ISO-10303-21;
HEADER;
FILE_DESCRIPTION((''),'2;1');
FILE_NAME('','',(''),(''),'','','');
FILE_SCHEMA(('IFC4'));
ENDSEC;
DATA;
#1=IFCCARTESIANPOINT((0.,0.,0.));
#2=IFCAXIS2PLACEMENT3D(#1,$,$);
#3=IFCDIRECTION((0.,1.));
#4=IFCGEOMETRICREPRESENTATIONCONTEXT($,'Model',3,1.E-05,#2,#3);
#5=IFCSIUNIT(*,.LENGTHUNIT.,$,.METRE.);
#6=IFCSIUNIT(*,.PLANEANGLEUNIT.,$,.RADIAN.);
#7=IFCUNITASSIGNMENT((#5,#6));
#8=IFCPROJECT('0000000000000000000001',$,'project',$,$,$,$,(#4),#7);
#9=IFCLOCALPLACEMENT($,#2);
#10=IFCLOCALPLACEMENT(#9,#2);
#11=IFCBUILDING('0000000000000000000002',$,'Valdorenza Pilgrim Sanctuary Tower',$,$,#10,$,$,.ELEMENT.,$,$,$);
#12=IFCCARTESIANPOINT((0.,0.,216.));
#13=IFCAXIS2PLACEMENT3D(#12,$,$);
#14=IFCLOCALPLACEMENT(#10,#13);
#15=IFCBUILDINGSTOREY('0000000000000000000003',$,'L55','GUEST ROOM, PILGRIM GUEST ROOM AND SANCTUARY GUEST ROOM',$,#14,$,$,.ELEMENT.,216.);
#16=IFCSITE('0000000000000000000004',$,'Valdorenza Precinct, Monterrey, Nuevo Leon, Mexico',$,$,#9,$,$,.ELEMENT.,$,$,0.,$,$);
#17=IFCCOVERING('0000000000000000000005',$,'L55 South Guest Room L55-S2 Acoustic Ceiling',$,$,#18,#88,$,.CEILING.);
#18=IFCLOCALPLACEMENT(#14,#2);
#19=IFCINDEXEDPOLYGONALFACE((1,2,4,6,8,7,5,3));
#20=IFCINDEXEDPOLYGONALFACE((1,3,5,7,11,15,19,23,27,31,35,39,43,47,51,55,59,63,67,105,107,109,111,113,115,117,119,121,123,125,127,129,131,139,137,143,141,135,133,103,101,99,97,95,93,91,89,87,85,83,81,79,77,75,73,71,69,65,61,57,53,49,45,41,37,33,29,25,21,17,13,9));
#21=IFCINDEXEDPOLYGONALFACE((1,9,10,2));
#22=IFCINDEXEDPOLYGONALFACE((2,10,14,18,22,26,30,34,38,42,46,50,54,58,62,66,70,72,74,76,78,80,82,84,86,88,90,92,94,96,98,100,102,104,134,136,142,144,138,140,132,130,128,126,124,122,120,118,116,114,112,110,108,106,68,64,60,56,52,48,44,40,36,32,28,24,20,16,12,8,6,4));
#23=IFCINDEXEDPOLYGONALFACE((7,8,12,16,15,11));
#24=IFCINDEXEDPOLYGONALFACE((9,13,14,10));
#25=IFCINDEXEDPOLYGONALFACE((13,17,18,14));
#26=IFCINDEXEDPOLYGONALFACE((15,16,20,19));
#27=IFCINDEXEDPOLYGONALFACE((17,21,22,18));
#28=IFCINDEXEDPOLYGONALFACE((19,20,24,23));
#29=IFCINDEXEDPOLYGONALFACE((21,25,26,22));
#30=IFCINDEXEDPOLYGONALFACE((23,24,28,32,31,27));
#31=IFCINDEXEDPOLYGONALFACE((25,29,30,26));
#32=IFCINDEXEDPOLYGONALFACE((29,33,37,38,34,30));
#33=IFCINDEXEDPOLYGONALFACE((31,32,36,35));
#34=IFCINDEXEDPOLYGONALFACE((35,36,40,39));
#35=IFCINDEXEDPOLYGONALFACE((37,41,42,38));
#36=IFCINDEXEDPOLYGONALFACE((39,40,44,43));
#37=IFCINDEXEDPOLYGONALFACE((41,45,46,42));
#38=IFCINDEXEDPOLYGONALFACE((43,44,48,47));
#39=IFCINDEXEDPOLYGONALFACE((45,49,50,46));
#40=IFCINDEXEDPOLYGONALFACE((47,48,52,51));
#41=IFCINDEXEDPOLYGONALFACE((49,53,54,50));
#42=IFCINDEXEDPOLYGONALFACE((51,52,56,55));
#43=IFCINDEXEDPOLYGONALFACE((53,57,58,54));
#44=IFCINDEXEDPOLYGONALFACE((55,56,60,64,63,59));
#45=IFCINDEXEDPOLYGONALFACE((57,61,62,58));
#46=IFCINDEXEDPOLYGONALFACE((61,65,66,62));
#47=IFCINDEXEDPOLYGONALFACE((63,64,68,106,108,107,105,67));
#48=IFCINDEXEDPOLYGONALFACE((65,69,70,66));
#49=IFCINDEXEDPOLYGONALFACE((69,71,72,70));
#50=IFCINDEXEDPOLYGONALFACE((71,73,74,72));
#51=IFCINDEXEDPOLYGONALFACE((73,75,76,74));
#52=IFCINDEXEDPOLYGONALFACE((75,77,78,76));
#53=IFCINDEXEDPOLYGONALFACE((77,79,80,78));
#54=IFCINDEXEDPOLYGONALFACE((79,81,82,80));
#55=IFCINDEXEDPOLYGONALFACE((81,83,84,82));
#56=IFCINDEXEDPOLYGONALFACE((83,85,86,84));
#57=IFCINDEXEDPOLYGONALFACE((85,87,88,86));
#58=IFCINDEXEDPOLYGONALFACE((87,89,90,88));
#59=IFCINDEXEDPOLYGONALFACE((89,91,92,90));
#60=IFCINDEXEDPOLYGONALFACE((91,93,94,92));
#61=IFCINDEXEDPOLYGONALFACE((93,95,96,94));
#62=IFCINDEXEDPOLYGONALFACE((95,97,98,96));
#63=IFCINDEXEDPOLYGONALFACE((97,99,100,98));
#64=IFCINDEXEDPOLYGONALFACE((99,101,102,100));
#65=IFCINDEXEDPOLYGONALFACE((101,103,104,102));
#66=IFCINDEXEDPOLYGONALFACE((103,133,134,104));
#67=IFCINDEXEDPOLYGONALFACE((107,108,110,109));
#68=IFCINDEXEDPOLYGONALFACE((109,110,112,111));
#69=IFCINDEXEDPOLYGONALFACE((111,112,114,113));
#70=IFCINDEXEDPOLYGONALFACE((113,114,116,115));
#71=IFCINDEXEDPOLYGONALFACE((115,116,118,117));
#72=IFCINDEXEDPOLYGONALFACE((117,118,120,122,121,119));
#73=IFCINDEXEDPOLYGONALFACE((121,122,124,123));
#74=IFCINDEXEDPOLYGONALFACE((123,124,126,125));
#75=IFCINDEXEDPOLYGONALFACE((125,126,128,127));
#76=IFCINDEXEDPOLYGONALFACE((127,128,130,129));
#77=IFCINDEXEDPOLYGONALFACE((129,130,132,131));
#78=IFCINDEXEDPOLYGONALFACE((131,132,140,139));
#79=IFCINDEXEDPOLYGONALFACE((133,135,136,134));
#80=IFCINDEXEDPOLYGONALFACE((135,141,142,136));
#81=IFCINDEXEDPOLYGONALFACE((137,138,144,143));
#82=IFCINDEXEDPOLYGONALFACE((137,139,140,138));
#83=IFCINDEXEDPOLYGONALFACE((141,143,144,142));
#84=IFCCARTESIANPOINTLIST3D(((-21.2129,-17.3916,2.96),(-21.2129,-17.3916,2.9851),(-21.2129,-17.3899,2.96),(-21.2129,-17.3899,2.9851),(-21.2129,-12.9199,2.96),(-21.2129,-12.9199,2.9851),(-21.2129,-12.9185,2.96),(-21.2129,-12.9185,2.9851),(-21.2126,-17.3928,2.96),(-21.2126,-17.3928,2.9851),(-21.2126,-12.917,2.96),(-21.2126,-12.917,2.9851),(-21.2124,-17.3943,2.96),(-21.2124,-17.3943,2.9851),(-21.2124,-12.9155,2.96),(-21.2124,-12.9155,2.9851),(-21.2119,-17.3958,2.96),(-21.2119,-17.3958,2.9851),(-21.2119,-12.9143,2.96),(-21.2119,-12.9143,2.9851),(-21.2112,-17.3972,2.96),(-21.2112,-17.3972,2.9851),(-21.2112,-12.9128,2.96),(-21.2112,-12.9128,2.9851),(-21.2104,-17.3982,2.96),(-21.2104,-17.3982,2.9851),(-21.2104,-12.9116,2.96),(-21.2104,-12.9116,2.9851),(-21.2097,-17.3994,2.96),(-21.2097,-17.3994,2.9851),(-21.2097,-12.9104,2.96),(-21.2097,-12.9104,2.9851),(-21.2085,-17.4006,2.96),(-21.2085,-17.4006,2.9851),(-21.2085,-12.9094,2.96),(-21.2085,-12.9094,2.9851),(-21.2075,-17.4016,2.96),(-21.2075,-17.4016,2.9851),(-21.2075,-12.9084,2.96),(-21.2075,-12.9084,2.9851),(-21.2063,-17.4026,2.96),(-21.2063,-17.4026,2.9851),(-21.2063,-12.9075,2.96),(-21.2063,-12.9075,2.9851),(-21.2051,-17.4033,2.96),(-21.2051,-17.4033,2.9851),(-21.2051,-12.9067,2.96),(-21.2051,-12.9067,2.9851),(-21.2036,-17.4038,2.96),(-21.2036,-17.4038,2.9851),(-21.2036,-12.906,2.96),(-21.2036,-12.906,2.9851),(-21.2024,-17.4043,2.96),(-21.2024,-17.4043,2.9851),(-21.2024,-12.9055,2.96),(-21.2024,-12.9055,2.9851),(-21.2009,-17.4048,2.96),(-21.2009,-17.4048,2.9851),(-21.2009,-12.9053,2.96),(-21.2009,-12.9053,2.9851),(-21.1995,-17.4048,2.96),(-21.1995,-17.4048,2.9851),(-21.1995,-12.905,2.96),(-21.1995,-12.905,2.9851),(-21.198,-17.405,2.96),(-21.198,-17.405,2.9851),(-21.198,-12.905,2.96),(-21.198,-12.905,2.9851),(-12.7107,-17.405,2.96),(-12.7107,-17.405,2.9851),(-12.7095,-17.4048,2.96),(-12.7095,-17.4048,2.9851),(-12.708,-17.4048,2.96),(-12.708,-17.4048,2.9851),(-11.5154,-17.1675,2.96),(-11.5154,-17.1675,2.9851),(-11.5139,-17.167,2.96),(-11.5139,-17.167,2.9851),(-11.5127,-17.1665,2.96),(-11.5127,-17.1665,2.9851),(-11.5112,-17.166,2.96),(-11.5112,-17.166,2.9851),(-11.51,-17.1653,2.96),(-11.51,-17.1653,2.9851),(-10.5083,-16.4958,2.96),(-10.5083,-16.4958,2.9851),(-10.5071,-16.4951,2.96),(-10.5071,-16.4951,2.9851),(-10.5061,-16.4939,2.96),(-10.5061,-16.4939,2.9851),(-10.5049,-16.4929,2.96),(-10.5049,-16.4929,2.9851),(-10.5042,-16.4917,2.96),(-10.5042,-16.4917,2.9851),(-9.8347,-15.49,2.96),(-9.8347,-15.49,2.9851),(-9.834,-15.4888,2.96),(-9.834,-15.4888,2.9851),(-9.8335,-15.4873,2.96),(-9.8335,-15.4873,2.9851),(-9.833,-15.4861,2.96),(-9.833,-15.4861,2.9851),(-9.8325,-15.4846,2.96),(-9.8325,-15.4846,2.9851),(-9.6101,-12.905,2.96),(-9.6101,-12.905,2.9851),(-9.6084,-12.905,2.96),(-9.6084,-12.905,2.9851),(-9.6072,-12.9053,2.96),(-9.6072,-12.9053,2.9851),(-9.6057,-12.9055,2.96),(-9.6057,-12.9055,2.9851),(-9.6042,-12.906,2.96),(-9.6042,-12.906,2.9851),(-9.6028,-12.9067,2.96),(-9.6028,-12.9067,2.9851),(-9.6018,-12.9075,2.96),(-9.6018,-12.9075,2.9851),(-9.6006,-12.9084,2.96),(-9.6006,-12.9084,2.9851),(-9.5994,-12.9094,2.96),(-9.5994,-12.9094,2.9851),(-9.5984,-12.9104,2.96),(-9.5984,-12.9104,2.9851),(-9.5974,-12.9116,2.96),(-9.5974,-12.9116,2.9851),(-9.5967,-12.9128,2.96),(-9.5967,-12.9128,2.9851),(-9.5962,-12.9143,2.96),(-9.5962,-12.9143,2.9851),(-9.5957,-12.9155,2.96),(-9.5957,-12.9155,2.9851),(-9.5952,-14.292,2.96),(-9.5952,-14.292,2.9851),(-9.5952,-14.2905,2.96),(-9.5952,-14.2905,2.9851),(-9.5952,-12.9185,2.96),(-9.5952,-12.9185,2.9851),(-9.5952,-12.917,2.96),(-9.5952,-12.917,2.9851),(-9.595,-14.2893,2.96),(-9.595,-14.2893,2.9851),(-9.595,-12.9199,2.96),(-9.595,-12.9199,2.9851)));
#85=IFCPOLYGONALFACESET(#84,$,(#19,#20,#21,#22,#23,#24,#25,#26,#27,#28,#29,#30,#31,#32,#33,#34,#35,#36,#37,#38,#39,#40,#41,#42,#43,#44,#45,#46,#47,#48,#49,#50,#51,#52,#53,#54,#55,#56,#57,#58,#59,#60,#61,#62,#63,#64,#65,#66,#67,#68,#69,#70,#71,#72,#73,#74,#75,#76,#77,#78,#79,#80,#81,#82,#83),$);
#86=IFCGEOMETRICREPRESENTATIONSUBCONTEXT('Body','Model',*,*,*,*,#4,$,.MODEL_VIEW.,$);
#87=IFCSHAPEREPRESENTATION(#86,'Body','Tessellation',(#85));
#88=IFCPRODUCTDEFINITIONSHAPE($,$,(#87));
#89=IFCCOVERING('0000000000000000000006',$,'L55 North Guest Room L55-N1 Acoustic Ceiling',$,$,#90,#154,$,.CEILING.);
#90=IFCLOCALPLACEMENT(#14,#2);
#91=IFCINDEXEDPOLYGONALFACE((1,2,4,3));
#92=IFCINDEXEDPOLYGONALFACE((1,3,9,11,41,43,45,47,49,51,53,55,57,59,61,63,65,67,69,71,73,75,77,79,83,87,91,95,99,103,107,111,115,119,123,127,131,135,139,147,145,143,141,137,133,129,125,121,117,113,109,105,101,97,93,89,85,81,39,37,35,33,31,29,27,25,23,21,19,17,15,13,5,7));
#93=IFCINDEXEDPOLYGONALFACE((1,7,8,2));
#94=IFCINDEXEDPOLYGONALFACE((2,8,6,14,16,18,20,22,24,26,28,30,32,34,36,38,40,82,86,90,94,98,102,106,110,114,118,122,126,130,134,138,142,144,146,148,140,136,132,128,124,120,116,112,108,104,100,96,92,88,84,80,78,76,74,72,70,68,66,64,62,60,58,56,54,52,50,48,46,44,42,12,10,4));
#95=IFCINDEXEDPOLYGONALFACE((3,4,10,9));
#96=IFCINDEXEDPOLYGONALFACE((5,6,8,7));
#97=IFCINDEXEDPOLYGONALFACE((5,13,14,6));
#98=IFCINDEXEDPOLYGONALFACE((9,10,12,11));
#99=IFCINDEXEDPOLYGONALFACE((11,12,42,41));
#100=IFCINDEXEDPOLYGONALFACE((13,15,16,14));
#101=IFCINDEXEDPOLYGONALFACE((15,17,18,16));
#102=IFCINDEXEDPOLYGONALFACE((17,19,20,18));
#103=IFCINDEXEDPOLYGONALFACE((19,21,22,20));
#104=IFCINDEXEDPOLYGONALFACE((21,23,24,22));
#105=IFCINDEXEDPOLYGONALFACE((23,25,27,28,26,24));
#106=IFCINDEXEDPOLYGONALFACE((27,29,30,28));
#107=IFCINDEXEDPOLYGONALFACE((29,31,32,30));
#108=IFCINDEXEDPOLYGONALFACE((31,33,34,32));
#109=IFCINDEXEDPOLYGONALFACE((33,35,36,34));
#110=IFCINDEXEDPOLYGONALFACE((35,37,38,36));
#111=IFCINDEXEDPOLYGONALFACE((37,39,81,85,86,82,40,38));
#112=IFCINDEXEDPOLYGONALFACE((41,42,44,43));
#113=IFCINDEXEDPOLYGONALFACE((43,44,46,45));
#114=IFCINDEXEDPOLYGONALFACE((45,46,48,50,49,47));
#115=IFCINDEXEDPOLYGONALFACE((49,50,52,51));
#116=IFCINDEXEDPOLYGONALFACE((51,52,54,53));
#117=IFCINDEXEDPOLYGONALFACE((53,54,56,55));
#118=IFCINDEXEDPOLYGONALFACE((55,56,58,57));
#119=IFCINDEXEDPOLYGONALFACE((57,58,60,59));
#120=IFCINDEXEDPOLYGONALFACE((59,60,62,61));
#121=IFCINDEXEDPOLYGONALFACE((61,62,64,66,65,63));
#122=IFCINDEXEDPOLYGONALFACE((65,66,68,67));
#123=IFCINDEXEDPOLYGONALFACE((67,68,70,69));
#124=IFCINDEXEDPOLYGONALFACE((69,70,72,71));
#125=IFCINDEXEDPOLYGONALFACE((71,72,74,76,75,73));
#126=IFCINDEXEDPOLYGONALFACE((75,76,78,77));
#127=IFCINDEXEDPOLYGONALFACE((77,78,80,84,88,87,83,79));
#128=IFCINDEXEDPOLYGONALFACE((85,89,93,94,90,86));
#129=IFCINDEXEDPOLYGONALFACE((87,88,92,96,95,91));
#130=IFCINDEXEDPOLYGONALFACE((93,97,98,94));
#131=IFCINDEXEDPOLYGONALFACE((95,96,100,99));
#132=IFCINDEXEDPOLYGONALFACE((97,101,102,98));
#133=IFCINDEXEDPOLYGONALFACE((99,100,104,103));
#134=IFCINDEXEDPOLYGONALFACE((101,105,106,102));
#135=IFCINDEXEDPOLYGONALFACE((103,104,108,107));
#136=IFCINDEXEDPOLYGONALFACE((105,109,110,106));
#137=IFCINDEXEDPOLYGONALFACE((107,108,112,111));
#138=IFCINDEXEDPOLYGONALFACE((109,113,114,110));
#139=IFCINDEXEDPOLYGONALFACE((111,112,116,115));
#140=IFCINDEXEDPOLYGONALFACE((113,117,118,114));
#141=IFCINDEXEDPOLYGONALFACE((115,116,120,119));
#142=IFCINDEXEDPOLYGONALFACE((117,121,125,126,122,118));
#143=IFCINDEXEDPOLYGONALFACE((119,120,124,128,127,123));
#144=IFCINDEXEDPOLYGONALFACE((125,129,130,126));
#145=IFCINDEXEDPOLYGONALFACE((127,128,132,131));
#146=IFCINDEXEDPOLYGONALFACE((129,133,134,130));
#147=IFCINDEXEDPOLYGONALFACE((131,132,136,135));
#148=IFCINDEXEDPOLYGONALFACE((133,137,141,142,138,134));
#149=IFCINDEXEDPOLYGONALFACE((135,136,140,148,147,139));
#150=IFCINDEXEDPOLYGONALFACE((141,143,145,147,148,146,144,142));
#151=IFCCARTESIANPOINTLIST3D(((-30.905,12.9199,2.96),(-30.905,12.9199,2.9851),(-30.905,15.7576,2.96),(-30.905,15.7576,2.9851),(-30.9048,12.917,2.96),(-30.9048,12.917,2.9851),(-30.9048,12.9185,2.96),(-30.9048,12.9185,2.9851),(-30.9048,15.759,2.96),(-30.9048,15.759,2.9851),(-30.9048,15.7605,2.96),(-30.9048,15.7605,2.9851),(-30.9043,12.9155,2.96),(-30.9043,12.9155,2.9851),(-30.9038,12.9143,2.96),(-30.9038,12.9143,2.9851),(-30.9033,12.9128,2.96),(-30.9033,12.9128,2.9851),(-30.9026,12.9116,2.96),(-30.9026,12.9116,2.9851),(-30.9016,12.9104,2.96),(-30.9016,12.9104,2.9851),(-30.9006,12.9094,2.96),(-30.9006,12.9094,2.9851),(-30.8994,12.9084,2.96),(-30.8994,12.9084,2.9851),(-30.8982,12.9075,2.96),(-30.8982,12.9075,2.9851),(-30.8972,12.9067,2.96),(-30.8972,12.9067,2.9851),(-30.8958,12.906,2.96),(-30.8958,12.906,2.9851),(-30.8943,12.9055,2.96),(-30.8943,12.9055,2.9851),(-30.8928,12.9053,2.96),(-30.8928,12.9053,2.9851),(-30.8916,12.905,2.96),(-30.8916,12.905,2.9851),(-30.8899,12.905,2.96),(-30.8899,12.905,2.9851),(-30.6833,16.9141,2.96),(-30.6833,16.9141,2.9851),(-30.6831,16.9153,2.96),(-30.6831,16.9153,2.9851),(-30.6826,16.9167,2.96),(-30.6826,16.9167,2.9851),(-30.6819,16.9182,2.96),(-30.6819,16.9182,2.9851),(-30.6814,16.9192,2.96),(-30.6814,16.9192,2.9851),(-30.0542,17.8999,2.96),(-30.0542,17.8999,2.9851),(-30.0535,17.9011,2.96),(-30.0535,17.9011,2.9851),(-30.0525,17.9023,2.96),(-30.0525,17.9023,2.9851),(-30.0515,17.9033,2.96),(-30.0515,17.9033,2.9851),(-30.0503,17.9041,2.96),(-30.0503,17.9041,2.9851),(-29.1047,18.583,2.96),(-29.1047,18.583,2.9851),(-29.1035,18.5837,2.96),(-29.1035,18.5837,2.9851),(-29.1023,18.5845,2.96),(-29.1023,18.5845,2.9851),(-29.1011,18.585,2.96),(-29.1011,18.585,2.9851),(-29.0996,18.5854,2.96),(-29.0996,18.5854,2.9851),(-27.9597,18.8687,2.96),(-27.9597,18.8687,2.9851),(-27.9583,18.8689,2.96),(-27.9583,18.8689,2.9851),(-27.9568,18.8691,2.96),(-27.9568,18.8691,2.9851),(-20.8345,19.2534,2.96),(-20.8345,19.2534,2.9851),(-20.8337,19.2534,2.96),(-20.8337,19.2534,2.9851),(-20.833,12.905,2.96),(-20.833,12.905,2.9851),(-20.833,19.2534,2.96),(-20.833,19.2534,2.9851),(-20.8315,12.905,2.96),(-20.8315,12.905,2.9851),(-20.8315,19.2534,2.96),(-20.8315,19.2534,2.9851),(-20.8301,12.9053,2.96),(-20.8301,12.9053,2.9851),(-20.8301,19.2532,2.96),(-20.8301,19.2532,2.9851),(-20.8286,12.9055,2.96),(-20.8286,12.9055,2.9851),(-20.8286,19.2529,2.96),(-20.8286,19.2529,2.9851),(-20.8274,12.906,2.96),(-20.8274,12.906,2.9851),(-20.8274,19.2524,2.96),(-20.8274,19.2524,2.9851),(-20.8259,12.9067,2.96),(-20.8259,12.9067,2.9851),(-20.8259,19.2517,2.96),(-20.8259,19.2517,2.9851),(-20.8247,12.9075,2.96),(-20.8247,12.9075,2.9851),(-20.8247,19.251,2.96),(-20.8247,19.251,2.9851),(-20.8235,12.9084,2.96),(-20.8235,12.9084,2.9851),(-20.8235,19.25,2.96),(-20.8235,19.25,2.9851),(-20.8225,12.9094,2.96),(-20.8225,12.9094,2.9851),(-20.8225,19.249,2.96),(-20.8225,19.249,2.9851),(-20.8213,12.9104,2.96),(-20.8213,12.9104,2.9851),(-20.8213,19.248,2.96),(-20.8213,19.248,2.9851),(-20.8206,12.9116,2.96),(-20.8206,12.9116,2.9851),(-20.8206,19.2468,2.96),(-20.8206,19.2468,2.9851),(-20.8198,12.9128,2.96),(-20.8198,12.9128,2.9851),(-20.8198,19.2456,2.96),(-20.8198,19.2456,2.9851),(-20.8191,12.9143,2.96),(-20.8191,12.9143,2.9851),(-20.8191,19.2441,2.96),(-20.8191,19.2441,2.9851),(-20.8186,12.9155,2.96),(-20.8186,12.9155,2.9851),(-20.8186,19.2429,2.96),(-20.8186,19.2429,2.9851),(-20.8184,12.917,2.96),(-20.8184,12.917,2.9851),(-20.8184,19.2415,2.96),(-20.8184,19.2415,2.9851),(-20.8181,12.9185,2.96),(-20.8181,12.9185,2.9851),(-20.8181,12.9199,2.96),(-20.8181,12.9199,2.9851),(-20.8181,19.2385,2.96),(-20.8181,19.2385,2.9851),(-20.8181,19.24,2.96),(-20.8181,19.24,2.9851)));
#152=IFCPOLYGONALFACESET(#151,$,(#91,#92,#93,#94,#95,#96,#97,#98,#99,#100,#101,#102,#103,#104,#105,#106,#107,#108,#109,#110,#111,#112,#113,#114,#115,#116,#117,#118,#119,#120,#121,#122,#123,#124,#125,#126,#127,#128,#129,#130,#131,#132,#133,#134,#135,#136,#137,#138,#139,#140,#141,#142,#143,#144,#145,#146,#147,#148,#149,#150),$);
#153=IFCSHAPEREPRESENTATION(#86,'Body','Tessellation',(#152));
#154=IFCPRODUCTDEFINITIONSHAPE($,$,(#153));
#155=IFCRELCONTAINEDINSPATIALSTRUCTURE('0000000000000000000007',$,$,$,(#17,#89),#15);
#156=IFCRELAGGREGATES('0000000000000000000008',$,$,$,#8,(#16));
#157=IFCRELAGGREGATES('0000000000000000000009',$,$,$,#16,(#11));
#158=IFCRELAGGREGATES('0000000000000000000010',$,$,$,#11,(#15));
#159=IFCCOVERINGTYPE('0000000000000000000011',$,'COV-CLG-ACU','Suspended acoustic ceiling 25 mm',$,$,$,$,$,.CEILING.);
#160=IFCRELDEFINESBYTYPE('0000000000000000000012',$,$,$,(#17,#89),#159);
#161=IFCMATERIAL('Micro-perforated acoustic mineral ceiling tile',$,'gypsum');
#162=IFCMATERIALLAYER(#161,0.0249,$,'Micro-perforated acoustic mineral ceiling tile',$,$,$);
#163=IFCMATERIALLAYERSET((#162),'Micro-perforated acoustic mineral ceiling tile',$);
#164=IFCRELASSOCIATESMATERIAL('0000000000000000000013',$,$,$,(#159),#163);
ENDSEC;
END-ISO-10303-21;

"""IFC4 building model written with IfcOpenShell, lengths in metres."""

from ifc_helpers import new_model, si_unit, direction, frame, origin, place, context, subcontext, project, spatial, polyline, outline, extrude, material, layer, layer_set, type_object, element, save


model = new_model("IFC4")

# Units and contexts
model_context = context("Model", 3, precision=1e-05, world=origin(), true_north=direction((0.0, 1.0)))
body_context = subcontext(model_context, "Body", "Model", "MODEL_VIEW")
ifc_project = project(units=[si_unit("LENGTHUNIT", "METRE"), si_unit("PLANEANGLEUNIT", "RADIAN")], contexts=[model_context])

# Site, building, storey
site_placement = place(None, origin())
site = spatial("IfcSite", under=ifc_project, at=site_placement, Name="Valdorenza Precinct, Monterrey, Nuevo Leon, Mexico", CompositionType="ELEMENT", RefElevation=0.0)
building_placement = place(site_placement, origin())
building = spatial("IfcBuilding", under=site, at=building_placement, Name="Valdorenza Pilgrim Sanctuary Tower", CompositionType="ELEMENT")
storey_placement = place(building_placement, frame((0.0, 0.0, 216.0)))
storey = spatial("IfcBuildingStorey", under=building, at=storey_placement, Name="L55", Description="GUEST ROOM, PILGRIM GUEST ROOM AND SANCTUARY GUEST ROOM", CompositionType="ELEMENT", Elevation=216.0)

# Coverings
ifc_material_1 = material(Name="Micro-perforated acoustic mineral ceiling tile", Category="gypsum")
ifc_layer_1 = layer(ifc_material_1, 0.0249, Name="Micro-perforated acoustic mineral ceiling tile")
ifc_layer_set_1 = layer_set([ifc_layer_1], Name="Micro-perforated acoustic mineral ceiling tile")
covering_type_1 = type_object("IfcCoveringType", Name="COV-CLG-ACU", Description="Suspended acoustic ceiling 25 mm", PredefinedType="CEILING", material=ifc_layer_set_1)
covering_1_placement = place(storey_placement, frame((0.0, 0.0, 2.96)))
element("IfcCovering", 1, at=covering_1_placement, inside=storey, type_object=covering_type_1, Name="L55 South Guest Room L55-S2 Acoustic Ceiling", PredefinedType="CEILING", context=body_context, shape_type="SweptSolid", body=[
    extrude(outline(polyline([(-9.6101, -12.905), (-9.6084, -12.905), (-9.6072, -12.9053), (-9.6057, -12.9055), (-9.6042, -12.906), (-9.6028, -12.9067), (-9.6018, -12.9075), (-9.6006, -12.9084), (-9.5994, -12.9094), (-9.5984, -12.9104), (-9.5974, -12.9116), (-9.5967, -12.9128), (-9.5962, -12.9143), (-9.5957, -12.9155), (-9.5952, -12.917), (-9.5952, -12.9185), (-9.595, -12.9199), (-9.595, -14.2893), (-9.5952, -14.2905), (-9.5952, -14.292), (-9.8325, -15.4846), (-9.833, -15.4861), (-9.8335, -15.4873), (-9.834, -15.4888), (-9.8347, -15.49), (-10.5042, -16.4917), (-10.5049, -16.4929), (-10.5061, -16.4939), (-10.5071, -16.4951), (-10.5083, -16.4958), (-11.51, -17.1653), (-11.5112, -17.166), (-11.5127, -17.1665), (-11.5139, -17.167), (-11.5154, -17.1675), (-12.708, -17.4048), (-12.7095, -17.4048), (-12.7107, -17.405), (-21.198, -17.405), (-21.1995, -17.4048), (-21.2009, -17.4048), (-21.2024, -17.4043), (-21.2036, -17.4038), (-21.2051, -17.4033), (-21.2063, -17.4026), (-21.2075, -17.4016), (-21.2085, -17.4006), (-21.2097, -17.3994), (-21.2104, -17.3982), (-21.2112, -17.3972), (-21.2119, -17.3958), (-21.2124, -17.3943), (-21.2126, -17.3928), (-21.2129, -17.3916), (-21.2129, -17.3899), (-21.2129, -12.9199), (-21.2129, -12.9185), (-21.2126, -12.917), (-21.2124, -12.9155), (-21.2119, -12.9143), (-21.2112, -12.9128), (-21.2104, -12.9116), (-21.2097, -12.9104), (-21.2085, -12.9094), (-21.2075, -12.9084), (-21.2063, -12.9075), (-21.2051, -12.9067), (-21.2036, -12.906), (-21.2024, -12.9055), (-21.2009, -12.9053), (-21.1995, -12.905), (-21.198, -12.905), (-9.6101, -12.905)])), origin(), (0.0, 0.0, 1.0), 0.0251),
])
covering_2_placement = place(storey_placement, frame((0.0, 0.0, 2.96)))
element("IfcCovering", 2, at=covering_2_placement, inside=storey, type_object=covering_type_1, Name="L55 North Guest Room L55-N1 Acoustic Ceiling", PredefinedType="CEILING", context=body_context, shape_type="SweptSolid", body=[
    extrude(outline(polyline([(-30.6833, 16.9141), (-30.6831, 16.9153), (-30.6826, 16.9167), (-30.6819, 16.9182), (-30.6814, 16.9192), (-30.0542, 17.8999), (-30.0535, 17.9011), (-30.0525, 17.9023), (-30.0515, 17.9033), (-30.0503, 17.9041), (-29.1047, 18.583), (-29.1035, 18.5837), (-29.1023, 18.5845), (-29.1011, 18.585), (-29.0996, 18.5854), (-27.9597, 18.8687), (-27.9583, 18.8689), (-27.9568, 18.8691), (-20.8345, 19.2534), (-20.8337, 19.2534), (-20.833, 19.2534), (-20.8315, 19.2534), (-20.8301, 19.2532), (-20.8286, 19.2529), (-20.8274, 19.2524), (-20.8259, 19.2517), (-20.8247, 19.251), (-20.8235, 19.25), (-20.8225, 19.249), (-20.8213, 19.248), (-20.8206, 19.2468), (-20.8198, 19.2456), (-20.8191, 19.2441), (-20.8186, 19.2429), (-20.8184, 19.2415), (-20.8181, 19.24), (-20.8181, 19.2385), (-20.8181, 12.9199), (-20.8181, 12.9185), (-20.8184, 12.917), (-20.8186, 12.9155), (-20.8191, 12.9143), (-20.8198, 12.9128), (-20.8206, 12.9116), (-20.8213, 12.9104), (-20.8225, 12.9094), (-20.8235, 12.9084), (-20.8247, 12.9075), (-20.8259, 12.9067), (-20.8274, 12.906), (-20.8286, 12.9055), (-20.8301, 12.9053), (-20.8315, 12.905), (-20.833, 12.905), (-30.8899, 12.905), (-30.8916, 12.905), (-30.8928, 12.9053), (-30.8943, 12.9055), (-30.8958, 12.906), (-30.8972, 12.9067), (-30.8982, 12.9075), (-30.8994, 12.9084), (-30.9006, 12.9094), (-30.9016, 12.9104), (-30.9026, 12.9116), (-30.9033, 12.9128), (-30.9038, 12.9143), (-30.9043, 12.9155), (-30.9048, 12.917), (-30.9048, 12.9185), (-30.905, 12.9199), (-30.905, 15.7576), (-30.9048, 15.759), (-30.9048, 15.7605), (-30.6833, 16.9141)])), origin(), (0.0, 0.0, 1.0), 0.0251),
])

save(model, "model.ifc")
